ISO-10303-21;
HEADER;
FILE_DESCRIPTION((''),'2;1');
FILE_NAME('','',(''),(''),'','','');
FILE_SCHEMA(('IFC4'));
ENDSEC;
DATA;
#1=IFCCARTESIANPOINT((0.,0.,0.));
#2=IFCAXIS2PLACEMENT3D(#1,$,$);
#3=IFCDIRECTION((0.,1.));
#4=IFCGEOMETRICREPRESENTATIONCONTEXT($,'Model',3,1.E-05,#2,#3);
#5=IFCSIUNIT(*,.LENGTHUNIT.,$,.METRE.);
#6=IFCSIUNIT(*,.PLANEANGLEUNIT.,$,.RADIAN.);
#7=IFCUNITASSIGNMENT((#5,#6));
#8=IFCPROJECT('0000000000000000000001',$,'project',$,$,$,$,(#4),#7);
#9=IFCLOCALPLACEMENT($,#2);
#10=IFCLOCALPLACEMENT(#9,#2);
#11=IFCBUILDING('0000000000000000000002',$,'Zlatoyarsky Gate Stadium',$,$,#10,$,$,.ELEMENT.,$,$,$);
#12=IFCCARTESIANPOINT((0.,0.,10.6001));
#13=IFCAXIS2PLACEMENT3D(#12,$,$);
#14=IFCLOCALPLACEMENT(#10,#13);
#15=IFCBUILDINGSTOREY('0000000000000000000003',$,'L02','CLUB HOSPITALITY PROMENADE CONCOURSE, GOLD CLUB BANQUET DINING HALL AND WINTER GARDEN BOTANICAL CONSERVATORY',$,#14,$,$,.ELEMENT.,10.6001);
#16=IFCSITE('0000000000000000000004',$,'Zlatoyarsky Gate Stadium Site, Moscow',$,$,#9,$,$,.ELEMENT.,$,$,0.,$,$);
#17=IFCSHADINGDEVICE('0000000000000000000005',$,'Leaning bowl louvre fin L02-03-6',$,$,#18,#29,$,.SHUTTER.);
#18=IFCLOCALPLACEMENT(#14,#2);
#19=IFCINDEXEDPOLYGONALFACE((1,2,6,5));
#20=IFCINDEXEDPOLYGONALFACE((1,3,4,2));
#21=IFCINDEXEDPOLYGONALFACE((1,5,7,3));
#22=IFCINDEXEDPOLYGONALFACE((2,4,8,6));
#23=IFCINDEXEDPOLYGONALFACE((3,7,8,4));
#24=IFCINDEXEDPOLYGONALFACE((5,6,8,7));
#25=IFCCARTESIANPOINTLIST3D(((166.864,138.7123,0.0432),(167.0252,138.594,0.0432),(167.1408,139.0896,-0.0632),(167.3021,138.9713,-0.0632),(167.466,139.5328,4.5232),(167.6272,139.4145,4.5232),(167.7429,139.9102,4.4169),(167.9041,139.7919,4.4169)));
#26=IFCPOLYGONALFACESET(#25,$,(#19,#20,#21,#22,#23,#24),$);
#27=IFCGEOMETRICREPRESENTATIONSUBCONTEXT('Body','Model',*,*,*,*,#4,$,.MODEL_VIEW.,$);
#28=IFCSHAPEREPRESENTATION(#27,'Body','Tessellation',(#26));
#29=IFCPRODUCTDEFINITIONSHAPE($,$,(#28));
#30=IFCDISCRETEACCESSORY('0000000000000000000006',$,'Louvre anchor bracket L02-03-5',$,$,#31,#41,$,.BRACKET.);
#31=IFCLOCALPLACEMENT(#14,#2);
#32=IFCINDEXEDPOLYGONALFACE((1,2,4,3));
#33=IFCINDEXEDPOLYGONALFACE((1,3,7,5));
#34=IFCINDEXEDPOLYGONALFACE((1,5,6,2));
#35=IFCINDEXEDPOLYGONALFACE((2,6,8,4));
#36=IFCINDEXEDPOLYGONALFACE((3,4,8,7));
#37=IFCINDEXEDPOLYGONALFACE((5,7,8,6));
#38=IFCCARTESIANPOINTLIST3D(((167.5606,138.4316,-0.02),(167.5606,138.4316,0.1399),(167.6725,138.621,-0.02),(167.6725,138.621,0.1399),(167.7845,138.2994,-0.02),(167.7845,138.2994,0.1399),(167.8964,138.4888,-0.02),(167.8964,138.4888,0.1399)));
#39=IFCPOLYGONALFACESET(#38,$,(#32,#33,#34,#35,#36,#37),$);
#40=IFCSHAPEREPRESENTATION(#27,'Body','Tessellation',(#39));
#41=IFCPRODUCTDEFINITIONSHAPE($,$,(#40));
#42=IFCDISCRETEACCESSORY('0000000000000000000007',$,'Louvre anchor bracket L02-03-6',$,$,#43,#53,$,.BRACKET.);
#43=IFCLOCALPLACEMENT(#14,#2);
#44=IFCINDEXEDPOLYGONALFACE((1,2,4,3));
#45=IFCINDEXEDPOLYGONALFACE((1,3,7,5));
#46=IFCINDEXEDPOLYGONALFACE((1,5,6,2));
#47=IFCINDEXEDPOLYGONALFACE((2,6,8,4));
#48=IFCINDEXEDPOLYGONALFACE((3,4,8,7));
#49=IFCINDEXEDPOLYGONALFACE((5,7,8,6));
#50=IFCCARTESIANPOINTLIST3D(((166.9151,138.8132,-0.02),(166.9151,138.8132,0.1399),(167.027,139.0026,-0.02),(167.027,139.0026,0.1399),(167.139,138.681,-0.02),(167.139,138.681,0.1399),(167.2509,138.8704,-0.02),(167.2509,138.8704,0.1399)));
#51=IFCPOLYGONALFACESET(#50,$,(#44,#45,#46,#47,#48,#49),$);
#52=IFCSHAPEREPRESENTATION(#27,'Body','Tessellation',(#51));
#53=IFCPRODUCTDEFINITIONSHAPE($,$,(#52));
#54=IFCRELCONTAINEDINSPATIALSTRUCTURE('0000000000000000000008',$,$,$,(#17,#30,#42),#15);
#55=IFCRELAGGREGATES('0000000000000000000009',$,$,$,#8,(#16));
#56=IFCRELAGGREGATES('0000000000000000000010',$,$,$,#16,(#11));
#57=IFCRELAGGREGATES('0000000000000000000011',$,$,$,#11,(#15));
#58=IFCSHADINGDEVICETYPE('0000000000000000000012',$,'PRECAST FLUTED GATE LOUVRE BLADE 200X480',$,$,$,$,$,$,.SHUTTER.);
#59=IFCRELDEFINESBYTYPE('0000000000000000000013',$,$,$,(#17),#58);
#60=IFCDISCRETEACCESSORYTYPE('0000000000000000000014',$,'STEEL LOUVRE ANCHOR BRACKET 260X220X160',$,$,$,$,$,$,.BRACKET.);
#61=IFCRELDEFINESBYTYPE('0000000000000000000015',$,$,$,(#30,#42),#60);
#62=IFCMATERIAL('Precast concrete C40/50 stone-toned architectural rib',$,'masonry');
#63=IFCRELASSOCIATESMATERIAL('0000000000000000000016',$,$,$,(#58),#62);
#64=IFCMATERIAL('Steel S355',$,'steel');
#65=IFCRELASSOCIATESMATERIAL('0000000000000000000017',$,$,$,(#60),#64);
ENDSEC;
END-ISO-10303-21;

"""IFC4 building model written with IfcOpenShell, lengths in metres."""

from ifc_helpers import new_model, si_unit, direction, frame, origin, origin_2d, place, context, subcontext, project, spatial, rectangle, extrude, material, material_profile, profile_set, type_object, element, save


model = new_model("IFC4")

# Units and contexts
model_context = context("Model", 3, precision=1e-05, world=origin(), true_north=direction((0.0, 1.0)))
body_context = subcontext(model_context, "Body", "Model", "MODEL_VIEW")
ifc_project = project(units=[si_unit("LENGTHUNIT", "METRE"), si_unit("PLANEANGLEUNIT", "RADIAN")], contexts=[model_context])

# Site, building, storey
site_placement = place(None, origin())
site = spatial("IfcSite", under=ifc_project, at=site_placement, Name="Zlatoyarsky Gate Stadium Site, Moscow", CompositionType="ELEMENT", RefElevation=0.0)
building_placement = place(site_placement, origin())
building = spatial("IfcBuilding", under=site, at=building_placement, Name="Zlatoyarsky Gate Stadium", CompositionType="ELEMENT")
storey_placement = place(building_placement, frame((0.0, 0.0, 10.6001)))
storey = spatial("IfcBuildingStorey", under=building, at=storey_placement, Name="L02", Description="CLUB HOSPITALITY PROMENADE CONCOURSE, GOLD CLUB BANQUET DINING HALL AND WINTER GARDEN BOTANICAL CONSERVATORY", CompositionType="ELEMENT", Elevation=10.6001)

# Shared definitions
ifc_material_1 = material(Name="Steel S355", Category="steel")

# Shading device
ifc_material_2 = material(Name="Precast concrete C40/50 stone-toned architectural rib", Category="masonry")
ifc_material_profile_1 = material_profile(ifc_material_2, rectangle(XDim=0.2, YDim=0.48, at=origin_2d()), Name="RIB 200X480")
ifc_profile_set_1 = profile_set([ifc_material_profile_1], Name="Precast concrete C40/50 stone-toned architectural rib")
shading_device_type = type_object("IfcShadingDeviceType", Name="PRECAST FLUTED GATE LOUVRE BLADE 200X480", PredefinedType="SHUTTER", material=ifc_profile_set_1)
shading_device_1_placement = place(storey_placement, frame((167.083, 138.8418, -0.01), z_axis=(0.131048, 0.17861, 0.975154), x_axis=(-0.80626, 0.591561, 0.0)))
element("IfcShadingDevice", 1, at=shading_device_1_placement, inside=storey, type_object=shading_device_type, Name="Leaning bowl louvre fin L02-03-6", PredefinedType="SHUTTER", context=body_context, shape_type="SweptSolid", body=[
    extrude(rectangle(XDim=0.2, YDim=0.48, at=origin_2d()), origin(), (0.0, 0.0, 1.0), 4.5942),
])

# Discrete accessories
discrete_accessory_type = type_object("IfcDiscreteAccessoryType", Name="STEEL LOUVRE ANCHOR BRACKET 260X220X160", PredefinedType="BRACKET", material=ifc_material_1)
for number, where, z_axis, x_axis, name in (
    (2, (167.7285, 138.4602, -0.02), (0.0, 0.0, 1.0), (-0.860992, 0.508619, 0.0), "Louvre anchor bracket L02-03-5"),
    (3, (167.083, 138.8418, -0.02), (0.0, 0.0, 1.0), (-0.860992, 0.508619, 0.0), "Louvre anchor bracket L02-03-6"),
):
    element("IfcDiscreteAccessory", number, at=place(storey_placement, frame(where, z_axis=z_axis, x_axis=x_axis)), inside=storey, type_object=discrete_accessory_type, Name=name, PredefinedType="BRACKET", context=body_context, shape_type="SweptSolid", body=[
        extrude(rectangle(XDim=0.26, YDim=0.22, at=origin_2d()), origin(), (0.0, 0.0, 1.0), 0.1599),
    ])

save(model, "model.ifc")
